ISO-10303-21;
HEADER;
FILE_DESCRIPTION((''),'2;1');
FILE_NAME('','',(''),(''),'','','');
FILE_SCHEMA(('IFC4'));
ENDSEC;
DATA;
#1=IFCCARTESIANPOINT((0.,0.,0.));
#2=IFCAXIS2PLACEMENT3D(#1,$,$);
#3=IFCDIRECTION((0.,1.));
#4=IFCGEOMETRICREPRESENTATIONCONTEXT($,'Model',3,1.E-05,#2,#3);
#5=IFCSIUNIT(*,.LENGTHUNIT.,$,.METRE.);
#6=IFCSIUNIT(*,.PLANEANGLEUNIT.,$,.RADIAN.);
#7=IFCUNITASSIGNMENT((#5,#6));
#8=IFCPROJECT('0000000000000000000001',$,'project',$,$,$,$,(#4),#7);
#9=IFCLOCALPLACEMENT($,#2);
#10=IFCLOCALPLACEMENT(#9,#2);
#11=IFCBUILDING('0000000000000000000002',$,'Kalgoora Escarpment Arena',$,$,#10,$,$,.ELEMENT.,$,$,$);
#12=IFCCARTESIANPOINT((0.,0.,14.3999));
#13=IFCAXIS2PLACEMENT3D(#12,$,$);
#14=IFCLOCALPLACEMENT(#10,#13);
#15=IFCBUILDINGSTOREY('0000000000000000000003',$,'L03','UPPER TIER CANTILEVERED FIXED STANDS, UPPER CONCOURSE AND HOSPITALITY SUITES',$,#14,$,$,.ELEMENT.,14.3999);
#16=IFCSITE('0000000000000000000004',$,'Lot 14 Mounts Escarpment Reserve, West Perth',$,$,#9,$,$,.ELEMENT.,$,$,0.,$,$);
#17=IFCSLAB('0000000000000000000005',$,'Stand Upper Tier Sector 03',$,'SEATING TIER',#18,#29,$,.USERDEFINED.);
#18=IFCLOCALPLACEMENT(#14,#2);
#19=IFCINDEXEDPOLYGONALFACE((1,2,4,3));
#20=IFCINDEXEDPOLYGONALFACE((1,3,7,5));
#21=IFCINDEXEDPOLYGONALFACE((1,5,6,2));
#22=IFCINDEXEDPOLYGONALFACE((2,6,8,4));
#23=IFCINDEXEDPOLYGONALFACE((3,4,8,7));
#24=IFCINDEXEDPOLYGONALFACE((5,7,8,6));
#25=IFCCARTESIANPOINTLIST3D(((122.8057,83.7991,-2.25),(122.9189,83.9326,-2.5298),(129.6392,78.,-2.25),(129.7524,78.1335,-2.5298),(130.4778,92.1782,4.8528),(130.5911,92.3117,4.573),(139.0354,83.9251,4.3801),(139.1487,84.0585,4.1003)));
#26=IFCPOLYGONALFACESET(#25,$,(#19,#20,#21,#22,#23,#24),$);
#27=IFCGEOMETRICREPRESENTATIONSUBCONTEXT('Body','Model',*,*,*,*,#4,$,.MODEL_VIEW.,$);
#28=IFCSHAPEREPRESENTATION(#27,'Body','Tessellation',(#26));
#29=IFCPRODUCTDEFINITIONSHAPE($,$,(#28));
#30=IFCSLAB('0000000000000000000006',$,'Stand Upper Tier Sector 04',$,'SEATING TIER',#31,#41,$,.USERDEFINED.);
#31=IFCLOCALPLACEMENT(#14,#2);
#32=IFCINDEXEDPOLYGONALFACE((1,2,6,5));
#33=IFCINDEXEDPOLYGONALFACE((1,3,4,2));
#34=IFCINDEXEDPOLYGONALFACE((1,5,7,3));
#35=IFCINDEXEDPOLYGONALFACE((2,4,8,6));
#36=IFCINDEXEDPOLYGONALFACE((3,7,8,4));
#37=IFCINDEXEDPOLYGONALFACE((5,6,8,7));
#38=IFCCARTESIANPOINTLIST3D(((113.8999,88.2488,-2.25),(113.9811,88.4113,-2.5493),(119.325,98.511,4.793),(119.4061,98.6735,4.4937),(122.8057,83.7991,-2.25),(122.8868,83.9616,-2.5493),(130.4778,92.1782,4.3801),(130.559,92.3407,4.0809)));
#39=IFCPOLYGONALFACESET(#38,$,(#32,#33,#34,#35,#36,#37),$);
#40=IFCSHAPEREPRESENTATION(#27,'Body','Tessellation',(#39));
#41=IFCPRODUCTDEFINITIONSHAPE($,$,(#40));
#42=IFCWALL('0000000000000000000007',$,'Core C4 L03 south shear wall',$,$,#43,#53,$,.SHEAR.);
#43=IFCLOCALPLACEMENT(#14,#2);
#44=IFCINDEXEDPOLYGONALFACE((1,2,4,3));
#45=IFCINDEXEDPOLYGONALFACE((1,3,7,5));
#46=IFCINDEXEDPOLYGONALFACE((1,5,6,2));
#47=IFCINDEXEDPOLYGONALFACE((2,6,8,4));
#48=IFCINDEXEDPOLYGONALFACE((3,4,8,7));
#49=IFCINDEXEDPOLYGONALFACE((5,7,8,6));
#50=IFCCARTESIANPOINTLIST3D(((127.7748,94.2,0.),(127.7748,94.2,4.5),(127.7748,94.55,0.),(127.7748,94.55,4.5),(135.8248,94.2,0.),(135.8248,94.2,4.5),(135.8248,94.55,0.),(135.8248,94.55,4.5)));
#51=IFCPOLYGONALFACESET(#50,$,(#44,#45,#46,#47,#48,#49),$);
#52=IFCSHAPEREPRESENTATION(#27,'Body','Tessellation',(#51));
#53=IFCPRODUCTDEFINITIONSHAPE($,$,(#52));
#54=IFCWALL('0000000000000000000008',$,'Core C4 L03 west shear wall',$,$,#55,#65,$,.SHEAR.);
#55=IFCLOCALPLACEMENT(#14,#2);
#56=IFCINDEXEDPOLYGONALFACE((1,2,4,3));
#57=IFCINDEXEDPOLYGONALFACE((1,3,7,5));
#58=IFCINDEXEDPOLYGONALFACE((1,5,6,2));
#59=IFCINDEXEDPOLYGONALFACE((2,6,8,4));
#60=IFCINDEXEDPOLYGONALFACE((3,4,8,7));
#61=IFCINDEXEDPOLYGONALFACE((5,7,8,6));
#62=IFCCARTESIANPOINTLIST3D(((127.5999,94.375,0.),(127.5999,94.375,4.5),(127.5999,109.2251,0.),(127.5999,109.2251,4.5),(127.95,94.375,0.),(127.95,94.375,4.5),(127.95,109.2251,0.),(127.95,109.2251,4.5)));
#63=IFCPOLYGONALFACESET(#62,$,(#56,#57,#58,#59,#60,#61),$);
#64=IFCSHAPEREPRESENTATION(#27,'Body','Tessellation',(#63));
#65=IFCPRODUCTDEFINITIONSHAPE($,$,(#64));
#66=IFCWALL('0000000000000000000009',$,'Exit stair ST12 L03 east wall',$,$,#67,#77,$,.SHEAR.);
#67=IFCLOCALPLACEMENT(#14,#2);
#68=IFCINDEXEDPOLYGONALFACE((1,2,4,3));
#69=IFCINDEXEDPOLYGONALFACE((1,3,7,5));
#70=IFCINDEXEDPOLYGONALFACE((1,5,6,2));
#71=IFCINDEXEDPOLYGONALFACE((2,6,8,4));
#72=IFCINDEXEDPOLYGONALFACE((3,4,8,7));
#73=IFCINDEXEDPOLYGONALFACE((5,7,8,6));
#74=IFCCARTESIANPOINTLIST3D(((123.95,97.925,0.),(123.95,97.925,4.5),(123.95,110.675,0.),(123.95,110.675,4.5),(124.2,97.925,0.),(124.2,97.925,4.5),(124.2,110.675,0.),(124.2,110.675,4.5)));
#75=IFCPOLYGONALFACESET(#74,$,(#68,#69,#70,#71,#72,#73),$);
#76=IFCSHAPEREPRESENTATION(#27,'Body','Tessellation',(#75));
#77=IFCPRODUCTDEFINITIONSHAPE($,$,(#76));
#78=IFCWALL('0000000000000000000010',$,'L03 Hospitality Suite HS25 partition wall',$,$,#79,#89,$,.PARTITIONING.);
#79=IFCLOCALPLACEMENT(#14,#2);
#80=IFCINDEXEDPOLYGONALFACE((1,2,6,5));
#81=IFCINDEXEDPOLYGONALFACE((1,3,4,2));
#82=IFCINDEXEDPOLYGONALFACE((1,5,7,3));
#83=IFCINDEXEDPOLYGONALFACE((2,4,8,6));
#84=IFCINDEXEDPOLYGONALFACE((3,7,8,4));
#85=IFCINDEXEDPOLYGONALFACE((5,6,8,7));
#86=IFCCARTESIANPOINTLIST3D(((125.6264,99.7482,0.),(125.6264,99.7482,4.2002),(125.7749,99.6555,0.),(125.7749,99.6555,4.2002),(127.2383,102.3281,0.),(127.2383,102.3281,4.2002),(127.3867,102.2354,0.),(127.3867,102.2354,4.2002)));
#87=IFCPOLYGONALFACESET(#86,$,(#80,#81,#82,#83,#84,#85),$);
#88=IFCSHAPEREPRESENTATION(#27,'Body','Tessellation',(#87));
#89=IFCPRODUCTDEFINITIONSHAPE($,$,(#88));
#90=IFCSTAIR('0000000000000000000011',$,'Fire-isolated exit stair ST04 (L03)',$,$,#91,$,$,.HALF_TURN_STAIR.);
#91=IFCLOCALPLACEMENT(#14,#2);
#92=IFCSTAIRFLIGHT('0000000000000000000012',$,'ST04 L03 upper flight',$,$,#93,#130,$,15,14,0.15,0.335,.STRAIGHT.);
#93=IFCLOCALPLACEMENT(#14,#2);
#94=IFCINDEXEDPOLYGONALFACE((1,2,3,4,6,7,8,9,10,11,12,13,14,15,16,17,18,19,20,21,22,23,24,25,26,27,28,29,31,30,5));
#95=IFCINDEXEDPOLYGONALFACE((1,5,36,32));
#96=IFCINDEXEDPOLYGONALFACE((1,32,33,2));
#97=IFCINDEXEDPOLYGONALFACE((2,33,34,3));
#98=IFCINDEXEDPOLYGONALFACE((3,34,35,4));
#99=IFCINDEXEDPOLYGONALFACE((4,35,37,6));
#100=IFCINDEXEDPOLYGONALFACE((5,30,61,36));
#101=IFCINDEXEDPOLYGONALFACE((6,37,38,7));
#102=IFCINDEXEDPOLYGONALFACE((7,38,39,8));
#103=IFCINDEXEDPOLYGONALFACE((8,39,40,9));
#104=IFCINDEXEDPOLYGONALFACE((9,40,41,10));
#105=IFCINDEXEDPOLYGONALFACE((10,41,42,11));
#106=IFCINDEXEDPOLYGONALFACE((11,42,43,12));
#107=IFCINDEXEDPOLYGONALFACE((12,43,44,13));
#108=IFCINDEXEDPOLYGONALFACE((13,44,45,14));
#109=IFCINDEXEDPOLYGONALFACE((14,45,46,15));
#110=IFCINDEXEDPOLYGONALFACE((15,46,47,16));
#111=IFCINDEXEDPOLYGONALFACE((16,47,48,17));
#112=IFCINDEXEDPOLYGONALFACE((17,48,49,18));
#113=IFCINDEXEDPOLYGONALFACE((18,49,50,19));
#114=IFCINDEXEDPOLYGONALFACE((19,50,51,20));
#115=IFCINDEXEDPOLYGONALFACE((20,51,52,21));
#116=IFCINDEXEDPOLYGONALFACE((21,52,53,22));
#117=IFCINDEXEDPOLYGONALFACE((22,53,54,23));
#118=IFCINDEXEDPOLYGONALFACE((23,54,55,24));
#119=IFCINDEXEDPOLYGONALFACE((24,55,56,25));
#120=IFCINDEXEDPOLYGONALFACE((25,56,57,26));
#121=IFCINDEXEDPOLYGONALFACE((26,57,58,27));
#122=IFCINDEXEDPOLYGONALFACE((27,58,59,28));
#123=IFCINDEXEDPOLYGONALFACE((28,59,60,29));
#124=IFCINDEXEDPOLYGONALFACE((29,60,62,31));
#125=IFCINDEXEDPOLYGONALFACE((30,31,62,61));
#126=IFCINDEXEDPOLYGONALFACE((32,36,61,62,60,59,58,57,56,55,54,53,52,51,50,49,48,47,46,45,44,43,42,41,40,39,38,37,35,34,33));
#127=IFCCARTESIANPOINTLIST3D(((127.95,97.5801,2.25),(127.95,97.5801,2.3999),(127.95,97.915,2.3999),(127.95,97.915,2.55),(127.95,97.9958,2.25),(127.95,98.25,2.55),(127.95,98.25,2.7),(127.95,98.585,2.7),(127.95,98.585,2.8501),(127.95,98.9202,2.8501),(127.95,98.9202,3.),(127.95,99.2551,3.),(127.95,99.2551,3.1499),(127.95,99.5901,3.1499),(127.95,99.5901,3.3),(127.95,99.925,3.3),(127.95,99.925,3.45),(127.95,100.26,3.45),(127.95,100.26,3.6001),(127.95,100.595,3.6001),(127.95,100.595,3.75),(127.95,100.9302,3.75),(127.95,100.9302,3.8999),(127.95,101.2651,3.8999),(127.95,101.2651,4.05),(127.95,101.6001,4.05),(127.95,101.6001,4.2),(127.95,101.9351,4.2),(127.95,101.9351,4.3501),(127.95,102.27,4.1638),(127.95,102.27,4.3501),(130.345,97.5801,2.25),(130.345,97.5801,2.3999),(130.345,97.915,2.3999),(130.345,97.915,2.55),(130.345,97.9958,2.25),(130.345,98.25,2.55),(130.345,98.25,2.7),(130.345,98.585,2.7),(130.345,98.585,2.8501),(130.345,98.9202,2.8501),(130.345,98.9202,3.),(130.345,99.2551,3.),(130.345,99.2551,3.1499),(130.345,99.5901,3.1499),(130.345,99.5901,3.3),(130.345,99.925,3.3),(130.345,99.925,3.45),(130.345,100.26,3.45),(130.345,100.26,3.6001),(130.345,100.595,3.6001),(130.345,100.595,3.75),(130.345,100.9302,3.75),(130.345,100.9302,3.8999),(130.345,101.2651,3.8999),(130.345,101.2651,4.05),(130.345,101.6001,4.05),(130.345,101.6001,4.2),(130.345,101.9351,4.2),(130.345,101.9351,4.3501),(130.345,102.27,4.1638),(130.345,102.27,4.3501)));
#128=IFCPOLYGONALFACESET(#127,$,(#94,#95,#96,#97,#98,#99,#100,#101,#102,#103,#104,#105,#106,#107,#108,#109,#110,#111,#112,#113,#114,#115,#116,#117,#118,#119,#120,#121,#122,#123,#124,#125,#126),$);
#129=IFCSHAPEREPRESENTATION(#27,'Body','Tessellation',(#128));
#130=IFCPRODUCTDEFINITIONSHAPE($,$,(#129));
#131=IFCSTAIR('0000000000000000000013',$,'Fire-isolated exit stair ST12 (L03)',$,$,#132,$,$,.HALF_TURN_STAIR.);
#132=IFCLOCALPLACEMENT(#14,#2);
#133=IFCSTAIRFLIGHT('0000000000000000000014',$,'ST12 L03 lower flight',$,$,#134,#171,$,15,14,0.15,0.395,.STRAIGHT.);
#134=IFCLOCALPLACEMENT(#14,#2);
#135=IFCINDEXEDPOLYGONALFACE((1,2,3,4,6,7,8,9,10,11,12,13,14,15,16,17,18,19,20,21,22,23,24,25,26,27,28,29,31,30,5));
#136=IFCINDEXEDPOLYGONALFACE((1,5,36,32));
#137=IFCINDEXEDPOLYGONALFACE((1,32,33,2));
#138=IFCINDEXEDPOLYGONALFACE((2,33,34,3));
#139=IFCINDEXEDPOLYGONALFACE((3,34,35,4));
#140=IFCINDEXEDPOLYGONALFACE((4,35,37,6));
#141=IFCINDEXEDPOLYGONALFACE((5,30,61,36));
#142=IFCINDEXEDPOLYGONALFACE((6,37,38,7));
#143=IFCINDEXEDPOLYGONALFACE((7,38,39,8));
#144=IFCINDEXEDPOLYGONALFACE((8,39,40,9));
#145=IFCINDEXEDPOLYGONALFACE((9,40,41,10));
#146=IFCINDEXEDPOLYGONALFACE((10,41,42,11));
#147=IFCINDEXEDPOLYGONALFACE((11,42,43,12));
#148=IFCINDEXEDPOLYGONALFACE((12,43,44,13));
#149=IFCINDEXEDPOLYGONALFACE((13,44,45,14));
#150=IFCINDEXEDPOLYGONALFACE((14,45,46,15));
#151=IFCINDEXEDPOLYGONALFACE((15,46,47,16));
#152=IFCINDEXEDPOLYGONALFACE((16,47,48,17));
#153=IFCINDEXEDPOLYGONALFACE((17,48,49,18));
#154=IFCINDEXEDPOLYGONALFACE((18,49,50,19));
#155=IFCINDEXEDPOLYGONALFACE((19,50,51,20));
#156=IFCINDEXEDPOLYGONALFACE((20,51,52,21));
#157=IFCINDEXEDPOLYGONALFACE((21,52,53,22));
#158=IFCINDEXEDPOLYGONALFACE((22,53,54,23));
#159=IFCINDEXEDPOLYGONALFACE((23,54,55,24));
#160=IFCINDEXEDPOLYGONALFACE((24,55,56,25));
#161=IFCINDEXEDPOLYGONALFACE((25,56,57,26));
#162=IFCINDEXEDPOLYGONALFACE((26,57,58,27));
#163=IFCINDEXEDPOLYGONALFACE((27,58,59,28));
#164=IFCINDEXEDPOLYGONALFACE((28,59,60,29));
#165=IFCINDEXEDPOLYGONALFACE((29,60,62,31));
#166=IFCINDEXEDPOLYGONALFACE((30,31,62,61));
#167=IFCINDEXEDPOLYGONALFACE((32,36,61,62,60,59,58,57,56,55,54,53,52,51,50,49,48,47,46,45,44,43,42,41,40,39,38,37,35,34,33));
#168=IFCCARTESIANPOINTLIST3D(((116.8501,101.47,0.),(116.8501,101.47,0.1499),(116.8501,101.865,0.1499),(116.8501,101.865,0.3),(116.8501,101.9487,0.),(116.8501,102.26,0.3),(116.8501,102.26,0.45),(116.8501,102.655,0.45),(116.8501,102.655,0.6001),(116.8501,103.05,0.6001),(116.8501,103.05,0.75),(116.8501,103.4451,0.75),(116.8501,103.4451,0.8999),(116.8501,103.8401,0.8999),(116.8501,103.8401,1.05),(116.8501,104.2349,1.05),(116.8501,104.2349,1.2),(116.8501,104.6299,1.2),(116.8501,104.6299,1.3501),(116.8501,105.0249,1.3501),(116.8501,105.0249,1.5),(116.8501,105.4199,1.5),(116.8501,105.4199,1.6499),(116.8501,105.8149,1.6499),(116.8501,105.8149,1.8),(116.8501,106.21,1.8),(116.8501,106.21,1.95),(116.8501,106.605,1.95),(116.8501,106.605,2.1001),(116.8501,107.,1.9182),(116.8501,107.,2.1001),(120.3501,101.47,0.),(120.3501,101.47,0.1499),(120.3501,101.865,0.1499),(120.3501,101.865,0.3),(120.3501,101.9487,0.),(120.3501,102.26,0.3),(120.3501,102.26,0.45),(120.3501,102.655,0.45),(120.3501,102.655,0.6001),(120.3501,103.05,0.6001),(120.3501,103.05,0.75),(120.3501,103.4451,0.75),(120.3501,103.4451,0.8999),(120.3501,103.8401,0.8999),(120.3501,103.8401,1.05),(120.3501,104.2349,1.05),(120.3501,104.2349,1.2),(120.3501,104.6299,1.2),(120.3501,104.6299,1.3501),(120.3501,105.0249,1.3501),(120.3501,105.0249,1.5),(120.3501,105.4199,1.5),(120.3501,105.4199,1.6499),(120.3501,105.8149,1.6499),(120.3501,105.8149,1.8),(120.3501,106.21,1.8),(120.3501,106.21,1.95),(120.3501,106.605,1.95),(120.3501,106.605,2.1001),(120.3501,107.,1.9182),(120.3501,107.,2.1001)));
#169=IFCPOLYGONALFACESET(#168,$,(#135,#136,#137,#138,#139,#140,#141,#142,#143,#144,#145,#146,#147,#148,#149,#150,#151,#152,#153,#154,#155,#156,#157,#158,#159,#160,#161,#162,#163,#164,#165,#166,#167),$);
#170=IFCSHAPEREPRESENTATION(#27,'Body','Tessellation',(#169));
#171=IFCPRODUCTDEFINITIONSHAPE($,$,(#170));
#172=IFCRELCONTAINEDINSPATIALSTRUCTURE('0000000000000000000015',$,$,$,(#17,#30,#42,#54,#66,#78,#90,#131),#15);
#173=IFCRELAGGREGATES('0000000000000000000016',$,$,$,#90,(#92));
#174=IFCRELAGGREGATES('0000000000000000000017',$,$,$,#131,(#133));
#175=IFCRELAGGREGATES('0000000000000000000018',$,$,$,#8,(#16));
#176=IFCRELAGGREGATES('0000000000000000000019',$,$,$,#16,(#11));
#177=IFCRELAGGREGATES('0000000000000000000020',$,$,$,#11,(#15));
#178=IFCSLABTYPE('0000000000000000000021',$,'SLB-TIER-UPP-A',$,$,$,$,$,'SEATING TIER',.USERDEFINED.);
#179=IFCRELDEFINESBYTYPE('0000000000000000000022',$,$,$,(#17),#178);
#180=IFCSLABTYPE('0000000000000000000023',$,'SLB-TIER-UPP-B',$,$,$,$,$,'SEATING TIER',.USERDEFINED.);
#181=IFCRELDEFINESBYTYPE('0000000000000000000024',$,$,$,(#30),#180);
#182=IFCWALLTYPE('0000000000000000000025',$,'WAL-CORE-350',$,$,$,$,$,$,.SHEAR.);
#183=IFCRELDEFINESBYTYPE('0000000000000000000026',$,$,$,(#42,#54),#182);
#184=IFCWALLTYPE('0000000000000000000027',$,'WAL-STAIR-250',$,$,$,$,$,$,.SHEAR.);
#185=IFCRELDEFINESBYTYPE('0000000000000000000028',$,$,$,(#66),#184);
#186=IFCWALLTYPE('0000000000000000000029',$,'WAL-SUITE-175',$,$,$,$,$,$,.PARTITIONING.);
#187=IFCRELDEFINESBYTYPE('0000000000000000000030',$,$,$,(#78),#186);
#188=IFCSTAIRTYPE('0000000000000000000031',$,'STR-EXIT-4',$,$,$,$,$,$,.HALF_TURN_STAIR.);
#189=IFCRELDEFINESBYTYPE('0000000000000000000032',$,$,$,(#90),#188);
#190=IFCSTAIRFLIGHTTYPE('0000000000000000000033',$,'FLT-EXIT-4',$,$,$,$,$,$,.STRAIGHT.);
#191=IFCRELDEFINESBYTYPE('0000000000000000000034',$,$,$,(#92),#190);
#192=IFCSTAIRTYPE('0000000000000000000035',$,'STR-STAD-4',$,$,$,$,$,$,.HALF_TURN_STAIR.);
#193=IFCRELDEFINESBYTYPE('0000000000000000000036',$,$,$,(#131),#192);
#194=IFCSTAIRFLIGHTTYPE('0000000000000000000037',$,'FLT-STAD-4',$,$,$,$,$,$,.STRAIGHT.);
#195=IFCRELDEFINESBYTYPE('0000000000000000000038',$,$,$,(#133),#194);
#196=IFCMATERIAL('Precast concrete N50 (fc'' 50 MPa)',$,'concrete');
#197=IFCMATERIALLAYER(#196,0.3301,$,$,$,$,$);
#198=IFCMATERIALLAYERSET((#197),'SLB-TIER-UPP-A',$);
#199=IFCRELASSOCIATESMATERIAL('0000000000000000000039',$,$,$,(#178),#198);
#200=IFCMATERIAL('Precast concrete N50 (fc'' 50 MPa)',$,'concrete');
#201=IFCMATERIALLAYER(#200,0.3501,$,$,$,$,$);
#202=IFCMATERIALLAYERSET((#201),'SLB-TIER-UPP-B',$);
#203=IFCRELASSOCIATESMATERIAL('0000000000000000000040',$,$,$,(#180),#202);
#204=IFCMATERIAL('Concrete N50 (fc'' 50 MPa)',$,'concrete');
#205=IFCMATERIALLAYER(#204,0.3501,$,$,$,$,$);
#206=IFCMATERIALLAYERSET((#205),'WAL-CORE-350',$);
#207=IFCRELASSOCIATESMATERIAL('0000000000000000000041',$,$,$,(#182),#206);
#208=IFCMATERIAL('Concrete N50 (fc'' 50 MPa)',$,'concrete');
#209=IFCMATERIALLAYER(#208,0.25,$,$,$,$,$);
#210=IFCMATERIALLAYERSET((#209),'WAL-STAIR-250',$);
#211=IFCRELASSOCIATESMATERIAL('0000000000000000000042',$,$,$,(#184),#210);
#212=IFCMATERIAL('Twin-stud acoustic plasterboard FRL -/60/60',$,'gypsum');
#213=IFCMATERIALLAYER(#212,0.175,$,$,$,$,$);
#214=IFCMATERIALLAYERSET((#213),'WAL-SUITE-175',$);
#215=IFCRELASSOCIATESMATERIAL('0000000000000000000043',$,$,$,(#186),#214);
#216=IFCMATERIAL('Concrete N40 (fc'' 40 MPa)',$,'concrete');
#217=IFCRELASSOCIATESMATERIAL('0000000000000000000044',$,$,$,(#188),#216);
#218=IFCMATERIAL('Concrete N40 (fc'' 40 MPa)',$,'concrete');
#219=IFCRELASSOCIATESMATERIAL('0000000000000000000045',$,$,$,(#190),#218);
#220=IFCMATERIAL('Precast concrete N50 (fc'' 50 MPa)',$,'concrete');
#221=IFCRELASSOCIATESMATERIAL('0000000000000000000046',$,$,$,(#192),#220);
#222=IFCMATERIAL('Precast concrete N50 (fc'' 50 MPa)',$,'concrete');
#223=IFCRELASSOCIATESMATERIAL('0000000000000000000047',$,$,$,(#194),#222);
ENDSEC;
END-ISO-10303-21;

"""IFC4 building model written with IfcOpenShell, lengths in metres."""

from ifc_helpers import new_model, si_unit, direction, frame, frame_2d, origin, place, context, subcontext, project, spatial, polyline, rectangle, outline, extrude, material, layer, layer_set, type_object, element, aggregate, save


model = new_model("IFC4")

# Units and contexts
model_context = context("Model", 3, precision=1e-05, world=origin(), true_north=direction((0.0, 1.0)))
body_context = subcontext(model_context, "Body", "Model", "MODEL_VIEW")
ifc_project = project(units=[si_unit("LENGTHUNIT", "METRE"), si_unit("PLANEANGLEUNIT", "RADIAN")], contexts=[model_context])

# Site, building, storey
site_placement = place(None, origin())
site = spatial("IfcSite", under=ifc_project, at=site_placement, Name="Lot 14 Mounts Escarpment Reserve, West Perth", CompositionType="ELEMENT", RefElevation=0.0)
building_placement = place(site_placement, origin())
building = spatial("IfcBuilding", under=site, at=building_placement, Name="Kalgoora Escarpment Arena", CompositionType="ELEMENT")
storey_placement = place(building_placement, frame((0.0, 0.0, 14.3999)))
storey = spatial("IfcBuildingStorey", under=building, at=storey_placement, Name="L03", Description="UPPER TIER CANTILEVERED FIXED STANDS, UPPER CONCOURSE AND HOSPITALITY SUITES", CompositionType="ELEMENT", Elevation=14.3999)

# Slabs
ifc_material_1 = material(Name="Precast concrete N50 (fc' 50 MPa)", Category="concrete")
ifc_layer_1 = layer(ifc_material_1, 0.3301)
ifc_layer_set_1 = layer_set([ifc_layer_1], Name="SLB-TIER-UPP-A")
slab_type_1 = type_object("IfcSlabType", Name="SLB-TIER-UPP-A", ElementType="SEATING TIER", PredefinedType="USERDEFINED", material=ifc_layer_set_1)
slab_1_placement = place(storey_placement, frame((129.6392, 78.0, -2.25), z_axis=(-0.343184, -0.404396, 0.847755), x_axis=(-0.762456, 0.64704, -0.000002)))
element("IfcSlab", 1, at=slab_1_placement, inside=storey, type_object=slab_type_1, Name="Stand Upper Tier Sector 03", ObjectType="SEATING TIER", PredefinedType="USERDEFINED", context=body_context, shape_type="SweptSolid", body=[
    extrude(outline(polyline([(0.0, 0.0), (8.9625, 0.0), (8.5345, -13.3917), (-3.3305, -12.5005), (0.0, 0.0)])), origin(), (0.0, 0.0, -1.0), 0.3301),
])
ifc_material_2 = material(Name="Precast concrete N50 (fc' 50 MPa)", Category="concrete")
ifc_layer_2 = layer(ifc_material_2, 0.3501)
ifc_layer_set_2 = layer_set([ifc_layer_2], Name="SLB-TIER-UPP-B")
slab_type_2 = type_object("IfcSlabType", Name="SLB-TIER-UPP-B", ElementType="SEATING TIER", PredefinedType="USERDEFINED", material=ifc_layer_set_2)
slab_2_placement = place(storey_placement, frame((122.8057, 83.7991, -2.25), z_axis=(-0.23189, -0.464117, 0.854881), x_axis=(-0.894555, 0.446957, 0.000002)))
element("IfcSlab", 2, at=slab_2_placement, inside=storey, type_object=slab_type_2, Name="Stand Upper Tier Sector 04", ObjectType="SEATING TIER", PredefinedType="USERDEFINED", context=body_context, shape_type="SweptSolid", body=[
    extrude(outline(polyline([(0.0, 0.0), (9.9555, 0.0), (9.6893, -13.5749), (-3.118, -12.7792), (0.0, 0.0)])), origin(), (0.0, 0.0, -1.0), 0.3501),
])

# Walls
ifc_material_3 = material(Name="Concrete N50 (fc' 50 MPa)", Category="concrete")
ifc_layer_3 = layer(ifc_material_3, 0.3501)
ifc_layer_set_3 = layer_set([ifc_layer_3], Name="WAL-CORE-350")
wall_type_1 = type_object("IfcWallType", Name="WAL-CORE-350", PredefinedType="SHEAR", material=ifc_layer_set_3)
wall_1_placement = place(storey_placement, frame((127.7749, 94.375, 0.0), z_axis=(0.0, 0.0, 1.0), x_axis=(1.0, 0.0, 0.0)))
element("IfcWall", 3, at=wall_1_placement, inside=storey, type_object=wall_type_1, Name="Core C4 L03 south shear wall", PredefinedType="SHEAR", context=body_context, shape_type="SweptSolid", body=[
    extrude(rectangle(XDim=8.05, YDim=0.3501, at=frame_2d((4.0249, 0.0))), origin(), (0.0, 0.0, 1.0), 4.5),
])
wall_2_placement = place(storey_placement, frame((127.7749, 94.375, 0.0), z_axis=(0.0, 0.0, 1.0), x_axis=(0.0, 1.0, 0.0)))
element("IfcWall", 4, at=wall_2_placement, inside=storey, type_object=wall_type_1, Name="Core C4 L03 west shear wall", PredefinedType="SHEAR", context=body_context, shape_type="SweptSolid", body=[
    extrude(rectangle(XDim=14.8501, YDim=0.3501, at=frame_2d((7.425, 0.0))), origin(), (0.0, 0.0, 1.0), 4.5),
])
ifc_material_4 = material(Name="Concrete N50 (fc' 50 MPa)", Category="concrete")
ifc_layer_4 = layer(ifc_material_4, 0.25)
ifc_layer_set_4 = layer_set([ifc_layer_4], Name="WAL-STAIR-250")
wall_type_2 = type_object("IfcWallType", Name="WAL-STAIR-250", PredefinedType="SHEAR", material=ifc_layer_set_4)
wall_3_placement = place(storey_placement, frame((124.075, 97.925, 0.0), z_axis=(0.0, 0.0, 1.0), x_axis=(0.0, 1.0, 0.0)))
element("IfcWall", 5, at=wall_3_placement, inside=storey, type_object=wall_type_2, Name="Exit stair ST12 L03 east wall", PredefinedType="SHEAR", context=body_context, shape_type="SweptSolid", body=[
    extrude(rectangle(XDim=12.75, YDim=0.25, at=frame_2d((6.375, 0.0))), origin(), (0.0, 0.0, 1.0), 4.5),
])
ifc_material_5 = material(Name="Twin-stud acoustic plasterboard FRL -/60/60", Category="gypsum")
ifc_layer_5 = layer(ifc_material_5, 0.175)
ifc_layer_set_5 = layer_set([ifc_layer_5], Name="WAL-SUITE-175")
wall_type_3 = type_object("IfcWallType", Name="WAL-SUITE-175", PredefinedType="PARTITIONING", material=ifc_layer_set_5)
wall_4_placement = place(storey_placement, frame((127.3125, 102.2817, 0.0), z_axis=(0.0, 0.0, 1.0), x_axis=(-0.529862, -0.848084, 0.0)))
element("IfcWall", 6, at=wall_4_placement, inside=storey, type_object=wall_type_3, Name="L03 Hospitality Suite HS25 partition wall", PredefinedType="PARTITIONING", context=body_context, shape_type="SweptSolid", body=[
    extrude(rectangle(XDim=3.042, YDim=0.175, at=frame_2d((1.521, 0.0))), origin(), (0.0, 0.0, 1.0), 4.2002),
])

# Stairs, stair flights
ifc_material_6 = material(Name="Concrete N40 (fc' 40 MPa)", Category="concrete")
stair_type_1 = type_object("IfcStairType", Name="STR-EXIT-4", PredefinedType="HALF_TURN_STAIR", material=ifc_material_6)
stair_1_placement = place(storey_placement, origin())
stair_1 = element("IfcStair", 7, at=stair_1_placement, inside=storey, type_object=stair_type_1, Name="Fire-isolated exit stair ST04 (L03)", PredefinedType="HALF_TURN_STAIR")
ifc_material_7 = material(Name="Concrete N40 (fc' 40 MPa)", Category="concrete")
stair_flight_type_1 = type_object("IfcStairFlightType", Name="FLT-EXIT-4", PredefinedType="STRAIGHT", material=ifc_material_7)
stair_flight_1_placement = place(storey_placement, frame((129.1475, 97.5801, 2.25), z_axis=(0.0, 0.0, 1.0), x_axis=(0.0, 1.0, 0.0)))
stair_flight_1 = element("IfcStairFlight", 8, at=stair_flight_1_placement, type_object=stair_flight_type_1, Name="ST04 L03 upper flight", NumberOfRisers=15, NumberOfTreads=14, PredefinedType="STRAIGHT", RiserHeight=0.15, TreadLength=0.335, context=body_context, shape_type="SweptSolid", body=[
    extrude(outline(polyline([(0.0, 0.0), (0.0, 0.1499), (0.335, 0.1499), (0.335, 0.3), (0.6699, 0.3), (0.6699, 0.45), (1.0049, 0.45), (1.0049, 0.6001), (1.3401, 0.6001), (1.3401, 0.75), (1.675, 0.75), (1.675, 0.8999), (2.01, 0.8999), (2.01, 1.05), (2.345, 1.05), (2.345, 1.2), (2.6799, 1.2), (2.6799, 1.3501), (3.0149, 1.3501), (3.0149, 1.5), (3.3501, 1.5), (3.3501, 1.6499), (3.6851, 1.6499), (3.6851, 1.8), (4.02, 1.8), (4.02, 1.95), (4.355, 1.95), (4.355, 2.1001), (4.6899, 2.1001), (4.6899, 2.25), (4.6899, 1.9138), (0.4158, 0.0), (0.0, 0.0)])), frame((0.0, 1.1975, 0.0), z_axis=(0.0, -1.0, 0.0), x_axis=(1.0, 0.0, 0.0)), (0.0, 0.0, 1.0), 2.395),
])
aggregate(stair_1, [stair_flight_1])
ifc_material_8 = material(Name="Precast concrete N50 (fc' 50 MPa)", Category="concrete")
stair_type_2 = type_object("IfcStairType", Name="STR-STAD-4", PredefinedType="HALF_TURN_STAIR", material=ifc_material_8)
stair_2_placement = place(storey_placement, origin())
stair_2 = element("IfcStair", 9, at=stair_2_placement, inside=storey, type_object=stair_type_2, Name="Fire-isolated exit stair ST12 (L03)", PredefinedType="HALF_TURN_STAIR")
ifc_material_9 = material(Name="Precast concrete N50 (fc' 50 MPa)", Category="concrete")
stair_flight_type_2 = type_object("IfcStairFlightType", Name="FLT-STAD-4", PredefinedType="STRAIGHT", material=ifc_material_9)
stair_flight_2_placement = place(storey_placement, frame((118.6001, 101.47, 0.0), z_axis=(0.0, 0.0, 1.0), x_axis=(0.0, 1.0, 0.0)))
stair_flight_2 = element("IfcStairFlight", 10, at=stair_flight_2_placement, type_object=stair_flight_type_2, Name="ST12 L03 lower flight", NumberOfRisers=15, NumberOfTreads=14, PredefinedType="STRAIGHT", RiserHeight=0.15, TreadLength=0.395, context=body_context, shape_type="SweptSolid", body=[
    extrude(outline(polyline([(0.0, 0.0), (0.0, 0.1499), (0.395, 0.1499), (0.395, 0.3), (0.79, 0.3), (0.79, 0.45), (1.1851, 0.45), (1.1851, 0.6001), (1.5801, 0.6001), (1.5801, 0.75), (1.9751, 0.75), (1.9751, 0.8999), (2.3701, 0.8999), (2.3701, 1.05), (2.7649, 1.05), (2.7649, 1.2), (3.1599, 1.2), (3.1599, 1.3501), (3.5549, 1.3501), (3.5549, 1.5), (3.95, 1.5), (3.95, 1.6499), (4.345, 1.6499), (4.345, 1.8), (4.74, 1.8), (4.74, 1.95), (5.135, 1.95), (5.135, 2.1001), (5.53, 2.1001), (5.53, 2.25), (5.53, 1.9182), (0.4788, 0.0), (0.0, 0.0)])), frame((0.0, 1.75, 0.0), z_axis=(0.0, -1.0, 0.0), x_axis=(1.0, 0.0, 0.0)), (0.0, 0.0, 1.0), 3.5),
])
aggregate(stair_2, [stair_flight_2])

save(model, "model.ifc")
